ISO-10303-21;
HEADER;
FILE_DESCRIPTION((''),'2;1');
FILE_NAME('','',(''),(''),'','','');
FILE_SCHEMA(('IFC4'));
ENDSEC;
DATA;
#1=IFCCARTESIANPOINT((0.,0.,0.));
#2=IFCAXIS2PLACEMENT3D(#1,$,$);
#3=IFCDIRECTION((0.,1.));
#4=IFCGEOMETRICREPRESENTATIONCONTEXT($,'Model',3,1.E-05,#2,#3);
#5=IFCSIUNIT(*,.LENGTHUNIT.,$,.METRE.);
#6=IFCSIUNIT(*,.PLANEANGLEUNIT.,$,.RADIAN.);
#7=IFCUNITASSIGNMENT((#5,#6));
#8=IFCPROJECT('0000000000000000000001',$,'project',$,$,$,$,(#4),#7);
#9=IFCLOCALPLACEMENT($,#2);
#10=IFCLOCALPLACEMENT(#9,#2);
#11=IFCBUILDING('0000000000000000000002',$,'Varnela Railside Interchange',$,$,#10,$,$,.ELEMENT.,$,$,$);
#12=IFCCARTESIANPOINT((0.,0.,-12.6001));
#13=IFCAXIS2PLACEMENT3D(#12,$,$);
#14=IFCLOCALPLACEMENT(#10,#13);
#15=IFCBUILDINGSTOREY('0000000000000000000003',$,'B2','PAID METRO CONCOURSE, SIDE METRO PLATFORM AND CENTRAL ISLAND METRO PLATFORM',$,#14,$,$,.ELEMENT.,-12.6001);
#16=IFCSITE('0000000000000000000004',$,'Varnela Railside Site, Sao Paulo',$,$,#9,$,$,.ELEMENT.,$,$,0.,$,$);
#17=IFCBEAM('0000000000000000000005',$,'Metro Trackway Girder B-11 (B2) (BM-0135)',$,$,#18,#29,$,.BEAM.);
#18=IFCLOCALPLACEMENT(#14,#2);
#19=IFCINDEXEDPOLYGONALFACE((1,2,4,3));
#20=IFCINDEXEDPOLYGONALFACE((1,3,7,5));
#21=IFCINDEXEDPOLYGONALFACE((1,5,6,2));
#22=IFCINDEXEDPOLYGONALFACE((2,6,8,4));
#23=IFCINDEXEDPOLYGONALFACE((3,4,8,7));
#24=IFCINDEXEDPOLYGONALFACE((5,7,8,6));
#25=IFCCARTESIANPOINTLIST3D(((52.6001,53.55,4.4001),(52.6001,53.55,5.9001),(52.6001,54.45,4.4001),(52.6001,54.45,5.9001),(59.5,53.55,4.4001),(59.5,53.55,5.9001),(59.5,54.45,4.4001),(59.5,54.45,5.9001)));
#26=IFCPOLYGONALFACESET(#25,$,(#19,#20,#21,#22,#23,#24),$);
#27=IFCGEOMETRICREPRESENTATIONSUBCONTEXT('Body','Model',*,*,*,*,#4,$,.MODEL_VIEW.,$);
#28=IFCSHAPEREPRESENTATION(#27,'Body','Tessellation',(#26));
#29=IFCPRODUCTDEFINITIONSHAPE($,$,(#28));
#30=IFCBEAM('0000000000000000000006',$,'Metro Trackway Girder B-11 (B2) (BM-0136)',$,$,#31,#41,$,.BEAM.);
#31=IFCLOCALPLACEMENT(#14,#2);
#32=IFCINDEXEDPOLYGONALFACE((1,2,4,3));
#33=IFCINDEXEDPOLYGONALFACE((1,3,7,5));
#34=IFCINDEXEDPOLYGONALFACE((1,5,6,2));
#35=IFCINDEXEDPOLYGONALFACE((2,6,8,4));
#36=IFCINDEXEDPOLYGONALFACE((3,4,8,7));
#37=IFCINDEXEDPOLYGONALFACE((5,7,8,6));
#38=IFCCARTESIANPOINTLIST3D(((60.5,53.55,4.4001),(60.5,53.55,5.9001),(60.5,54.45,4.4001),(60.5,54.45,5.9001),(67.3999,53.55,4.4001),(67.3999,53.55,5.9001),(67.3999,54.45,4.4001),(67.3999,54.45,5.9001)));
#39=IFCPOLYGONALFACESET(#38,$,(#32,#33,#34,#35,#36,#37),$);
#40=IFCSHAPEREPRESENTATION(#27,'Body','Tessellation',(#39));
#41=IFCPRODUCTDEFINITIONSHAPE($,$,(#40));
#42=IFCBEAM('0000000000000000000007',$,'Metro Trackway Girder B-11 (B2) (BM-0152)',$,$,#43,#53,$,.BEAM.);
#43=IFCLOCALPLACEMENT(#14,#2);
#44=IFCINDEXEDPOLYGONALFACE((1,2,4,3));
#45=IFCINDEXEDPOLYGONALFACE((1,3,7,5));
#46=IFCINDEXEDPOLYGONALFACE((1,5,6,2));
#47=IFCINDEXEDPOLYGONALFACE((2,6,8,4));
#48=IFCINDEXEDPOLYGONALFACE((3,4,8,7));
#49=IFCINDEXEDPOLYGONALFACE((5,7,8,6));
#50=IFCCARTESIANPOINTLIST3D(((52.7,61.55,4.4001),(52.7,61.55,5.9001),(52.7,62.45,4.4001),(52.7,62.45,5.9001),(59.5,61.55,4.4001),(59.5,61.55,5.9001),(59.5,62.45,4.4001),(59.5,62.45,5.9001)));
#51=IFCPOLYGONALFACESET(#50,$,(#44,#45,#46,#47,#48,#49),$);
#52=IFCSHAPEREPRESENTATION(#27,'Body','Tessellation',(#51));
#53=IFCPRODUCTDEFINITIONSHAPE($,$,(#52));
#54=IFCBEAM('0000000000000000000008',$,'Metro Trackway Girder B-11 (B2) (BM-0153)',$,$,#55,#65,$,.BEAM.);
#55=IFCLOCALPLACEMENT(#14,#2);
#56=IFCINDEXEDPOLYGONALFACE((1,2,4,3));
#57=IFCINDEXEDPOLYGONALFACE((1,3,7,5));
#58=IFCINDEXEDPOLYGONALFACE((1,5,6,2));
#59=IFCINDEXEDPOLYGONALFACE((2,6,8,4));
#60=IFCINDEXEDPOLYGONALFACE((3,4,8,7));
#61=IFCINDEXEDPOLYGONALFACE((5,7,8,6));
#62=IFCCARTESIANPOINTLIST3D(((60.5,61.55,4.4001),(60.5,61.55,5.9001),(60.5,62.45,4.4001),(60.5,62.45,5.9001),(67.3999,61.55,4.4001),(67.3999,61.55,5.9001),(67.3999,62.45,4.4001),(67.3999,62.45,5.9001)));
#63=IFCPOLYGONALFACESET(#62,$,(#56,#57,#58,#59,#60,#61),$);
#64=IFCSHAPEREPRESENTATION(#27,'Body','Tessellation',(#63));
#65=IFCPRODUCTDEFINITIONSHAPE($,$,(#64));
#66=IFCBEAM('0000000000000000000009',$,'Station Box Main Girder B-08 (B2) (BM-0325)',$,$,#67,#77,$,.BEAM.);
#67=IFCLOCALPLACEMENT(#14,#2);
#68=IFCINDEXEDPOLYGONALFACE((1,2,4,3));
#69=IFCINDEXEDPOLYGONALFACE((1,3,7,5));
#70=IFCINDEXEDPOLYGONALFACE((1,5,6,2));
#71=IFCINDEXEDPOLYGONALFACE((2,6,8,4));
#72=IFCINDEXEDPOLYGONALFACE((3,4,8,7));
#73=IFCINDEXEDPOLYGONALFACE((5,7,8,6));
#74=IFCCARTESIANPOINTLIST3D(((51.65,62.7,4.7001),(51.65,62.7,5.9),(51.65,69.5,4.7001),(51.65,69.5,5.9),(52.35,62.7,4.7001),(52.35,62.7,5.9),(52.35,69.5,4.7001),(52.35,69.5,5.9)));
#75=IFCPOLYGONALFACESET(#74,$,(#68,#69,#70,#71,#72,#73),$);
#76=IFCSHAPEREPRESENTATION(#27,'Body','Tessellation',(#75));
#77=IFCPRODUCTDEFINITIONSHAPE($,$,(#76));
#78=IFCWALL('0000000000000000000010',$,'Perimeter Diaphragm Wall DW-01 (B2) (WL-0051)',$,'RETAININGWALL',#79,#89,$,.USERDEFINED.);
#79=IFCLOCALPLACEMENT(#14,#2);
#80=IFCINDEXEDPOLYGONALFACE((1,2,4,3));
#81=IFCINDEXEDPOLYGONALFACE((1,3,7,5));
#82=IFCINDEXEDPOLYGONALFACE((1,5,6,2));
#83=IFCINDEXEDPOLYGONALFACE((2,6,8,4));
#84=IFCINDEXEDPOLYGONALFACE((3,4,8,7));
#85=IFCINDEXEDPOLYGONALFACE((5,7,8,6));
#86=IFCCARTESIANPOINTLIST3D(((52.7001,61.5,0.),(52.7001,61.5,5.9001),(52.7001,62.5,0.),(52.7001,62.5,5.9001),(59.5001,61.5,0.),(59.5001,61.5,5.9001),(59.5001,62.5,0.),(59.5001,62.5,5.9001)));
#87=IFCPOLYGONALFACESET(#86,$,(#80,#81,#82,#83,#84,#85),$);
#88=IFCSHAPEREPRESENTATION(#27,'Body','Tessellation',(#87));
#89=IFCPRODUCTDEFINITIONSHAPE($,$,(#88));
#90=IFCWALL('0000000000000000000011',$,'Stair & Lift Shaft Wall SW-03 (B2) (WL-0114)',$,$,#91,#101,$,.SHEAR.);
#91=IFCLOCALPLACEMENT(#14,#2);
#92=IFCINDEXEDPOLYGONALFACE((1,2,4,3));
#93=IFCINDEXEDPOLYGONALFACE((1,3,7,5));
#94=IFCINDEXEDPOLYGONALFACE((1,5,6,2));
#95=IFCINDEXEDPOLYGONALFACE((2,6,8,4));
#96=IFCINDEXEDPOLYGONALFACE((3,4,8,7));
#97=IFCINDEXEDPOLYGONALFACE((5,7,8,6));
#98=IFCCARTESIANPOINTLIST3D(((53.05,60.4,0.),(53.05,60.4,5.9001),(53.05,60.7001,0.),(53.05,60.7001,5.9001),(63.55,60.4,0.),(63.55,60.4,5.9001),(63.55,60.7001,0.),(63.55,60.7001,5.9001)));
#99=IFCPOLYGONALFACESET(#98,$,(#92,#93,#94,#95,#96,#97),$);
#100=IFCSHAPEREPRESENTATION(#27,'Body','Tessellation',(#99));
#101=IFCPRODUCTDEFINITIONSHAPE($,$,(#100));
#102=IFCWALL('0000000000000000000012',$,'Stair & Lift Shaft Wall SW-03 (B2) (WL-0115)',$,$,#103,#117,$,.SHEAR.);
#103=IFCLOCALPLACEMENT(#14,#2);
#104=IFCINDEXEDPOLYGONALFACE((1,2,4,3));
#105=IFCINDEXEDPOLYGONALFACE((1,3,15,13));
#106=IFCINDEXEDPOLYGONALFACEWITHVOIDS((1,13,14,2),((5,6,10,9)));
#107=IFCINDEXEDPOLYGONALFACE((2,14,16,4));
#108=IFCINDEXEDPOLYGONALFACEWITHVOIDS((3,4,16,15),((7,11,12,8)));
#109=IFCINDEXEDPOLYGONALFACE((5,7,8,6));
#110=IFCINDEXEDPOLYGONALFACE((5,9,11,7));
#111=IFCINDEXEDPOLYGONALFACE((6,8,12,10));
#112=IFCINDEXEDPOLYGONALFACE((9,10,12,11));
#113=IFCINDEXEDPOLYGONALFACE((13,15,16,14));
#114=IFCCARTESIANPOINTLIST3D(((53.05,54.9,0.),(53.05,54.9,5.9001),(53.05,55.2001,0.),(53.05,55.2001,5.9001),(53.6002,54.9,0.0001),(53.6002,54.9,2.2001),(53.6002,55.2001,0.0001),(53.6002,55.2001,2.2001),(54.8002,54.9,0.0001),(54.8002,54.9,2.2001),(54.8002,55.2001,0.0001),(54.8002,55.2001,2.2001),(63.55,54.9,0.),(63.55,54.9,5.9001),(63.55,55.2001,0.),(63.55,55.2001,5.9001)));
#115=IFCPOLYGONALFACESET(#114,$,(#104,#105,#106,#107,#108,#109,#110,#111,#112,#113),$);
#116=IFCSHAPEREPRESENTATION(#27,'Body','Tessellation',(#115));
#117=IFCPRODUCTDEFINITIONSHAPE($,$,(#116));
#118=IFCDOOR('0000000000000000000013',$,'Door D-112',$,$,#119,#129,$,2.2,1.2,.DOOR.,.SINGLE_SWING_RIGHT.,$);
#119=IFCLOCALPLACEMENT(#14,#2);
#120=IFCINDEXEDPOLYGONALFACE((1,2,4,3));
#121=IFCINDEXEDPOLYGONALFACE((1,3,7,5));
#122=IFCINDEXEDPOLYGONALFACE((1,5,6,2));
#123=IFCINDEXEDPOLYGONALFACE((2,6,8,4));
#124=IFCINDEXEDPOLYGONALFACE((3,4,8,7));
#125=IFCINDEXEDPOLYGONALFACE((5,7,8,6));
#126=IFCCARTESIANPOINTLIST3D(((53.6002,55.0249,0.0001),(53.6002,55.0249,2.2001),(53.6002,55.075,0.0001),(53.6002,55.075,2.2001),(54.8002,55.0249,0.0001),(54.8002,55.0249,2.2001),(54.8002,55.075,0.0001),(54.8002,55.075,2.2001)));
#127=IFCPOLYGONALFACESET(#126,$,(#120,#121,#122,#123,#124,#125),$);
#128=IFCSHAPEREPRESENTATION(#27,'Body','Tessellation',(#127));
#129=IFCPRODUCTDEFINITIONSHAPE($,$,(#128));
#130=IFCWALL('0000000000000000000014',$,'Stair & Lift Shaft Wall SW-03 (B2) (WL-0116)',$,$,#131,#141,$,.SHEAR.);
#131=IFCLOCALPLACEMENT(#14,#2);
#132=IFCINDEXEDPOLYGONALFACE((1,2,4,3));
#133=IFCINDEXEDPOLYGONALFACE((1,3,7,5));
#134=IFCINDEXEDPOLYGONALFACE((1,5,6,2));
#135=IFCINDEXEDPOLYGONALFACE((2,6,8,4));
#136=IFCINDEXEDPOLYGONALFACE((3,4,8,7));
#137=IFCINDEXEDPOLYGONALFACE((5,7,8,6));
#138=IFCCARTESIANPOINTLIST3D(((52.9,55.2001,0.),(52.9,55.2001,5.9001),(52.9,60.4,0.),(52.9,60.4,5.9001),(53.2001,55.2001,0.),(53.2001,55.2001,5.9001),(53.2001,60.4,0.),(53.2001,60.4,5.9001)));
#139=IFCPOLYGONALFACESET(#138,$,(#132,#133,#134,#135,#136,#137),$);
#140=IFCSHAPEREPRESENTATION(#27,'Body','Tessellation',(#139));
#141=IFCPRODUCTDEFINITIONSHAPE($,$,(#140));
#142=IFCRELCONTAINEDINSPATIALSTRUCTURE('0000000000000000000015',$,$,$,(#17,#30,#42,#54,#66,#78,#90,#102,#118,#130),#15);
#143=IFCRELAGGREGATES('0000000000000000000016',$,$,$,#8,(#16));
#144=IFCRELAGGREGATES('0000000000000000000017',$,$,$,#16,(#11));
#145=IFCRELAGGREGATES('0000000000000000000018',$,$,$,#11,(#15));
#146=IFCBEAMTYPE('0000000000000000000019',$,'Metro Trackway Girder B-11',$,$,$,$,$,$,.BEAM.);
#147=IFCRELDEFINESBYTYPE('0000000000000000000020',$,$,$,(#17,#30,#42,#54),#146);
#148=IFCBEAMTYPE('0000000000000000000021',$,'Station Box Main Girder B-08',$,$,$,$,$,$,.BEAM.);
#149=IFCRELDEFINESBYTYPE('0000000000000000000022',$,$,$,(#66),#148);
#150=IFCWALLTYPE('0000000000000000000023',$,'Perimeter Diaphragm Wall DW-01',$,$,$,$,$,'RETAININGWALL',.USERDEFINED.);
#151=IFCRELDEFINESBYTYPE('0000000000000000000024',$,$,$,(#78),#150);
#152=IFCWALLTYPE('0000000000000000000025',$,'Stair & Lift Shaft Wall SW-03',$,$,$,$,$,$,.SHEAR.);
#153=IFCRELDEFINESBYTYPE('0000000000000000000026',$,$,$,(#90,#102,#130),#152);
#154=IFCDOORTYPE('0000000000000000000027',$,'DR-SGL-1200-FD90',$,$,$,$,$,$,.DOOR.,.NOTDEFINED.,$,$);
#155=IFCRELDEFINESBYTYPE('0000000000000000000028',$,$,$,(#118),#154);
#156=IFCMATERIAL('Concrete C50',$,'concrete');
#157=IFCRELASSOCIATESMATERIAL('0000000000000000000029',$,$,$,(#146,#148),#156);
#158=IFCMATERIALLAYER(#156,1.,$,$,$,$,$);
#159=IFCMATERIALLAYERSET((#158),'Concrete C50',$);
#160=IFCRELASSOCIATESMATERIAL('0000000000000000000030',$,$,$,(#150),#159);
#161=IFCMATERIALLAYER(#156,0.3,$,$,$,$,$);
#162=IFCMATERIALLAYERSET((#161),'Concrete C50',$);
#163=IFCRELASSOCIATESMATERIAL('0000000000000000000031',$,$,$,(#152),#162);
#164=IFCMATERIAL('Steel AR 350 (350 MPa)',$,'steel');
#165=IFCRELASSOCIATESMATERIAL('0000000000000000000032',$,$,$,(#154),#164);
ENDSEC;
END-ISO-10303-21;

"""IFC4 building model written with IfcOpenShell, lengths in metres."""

from ifc_helpers import new_model, si_unit, direction, frame, frame_2d, origin, origin_2d, place, context, subcontext, project, spatial, rectangle, extrude, material, layer, layer_set, material_profile, profile_set, type_object, element, fill, save


model = new_model("IFC4")

# Units and contexts
model_context = context("Model", 3, precision=1e-05, world=origin(), true_north=direction((0.0, 1.0)))
body_context = subcontext(model_context, "Body", "Model", "MODEL_VIEW")
ifc_project = project(units=[si_unit("LENGTHUNIT", "METRE"), si_unit("PLANEANGLEUNIT", "RADIAN")], contexts=[model_context])

# Site, building, storey
site_placement = place(None, origin())
site = spatial("IfcSite", under=ifc_project, at=site_placement, Name="Varnela Railside Site, Sao Paulo", CompositionType="ELEMENT", RefElevation=0.0)
building_placement = place(site_placement, origin())
building = spatial("IfcBuilding", under=site, at=building_placement, Name="Varnela Railside Interchange", CompositionType="ELEMENT")
storey_placement = place(building_placement, frame((0.0, 0.0, -12.6001)))
storey = spatial("IfcBuildingStorey", under=building, at=storey_placement, Name="B2", Description="PAID METRO CONCOURSE, SIDE METRO PLATFORM AND CENTRAL ISLAND METRO PLATFORM", CompositionType="ELEMENT", Elevation=-12.6001)

# Shared definitions
ifc_material_1 = material(Name="Concrete C50", Category="concrete")

# Beams
ifc_material_profile_1 = material_profile(ifc_material_1, rectangle(XDim=0.8999, YDim=1.5, at=origin_2d()), Name="RC 900x1500")
ifc_profile_set_1 = profile_set([ifc_material_profile_1], Name="Concrete C50")
beam_type_1 = type_object("IfcBeamType", Name="Metro Trackway Girder B-11", PredefinedType="BEAM", material=ifc_profile_set_1)
for number, where, z_axis, x_axis, name in (
    (1, (52.6001, 54.0, 5.1501), (1.0, 0.0, 0.0), (0.0, 1.0, 0.0), "Metro Trackway Girder B-11 (B2) (BM-0135)"),
    (2, (60.5, 54.0, 5.1501), (1.0, 0.0, 0.0), (0.0, 1.0, 0.0), "Metro Trackway Girder B-11 (B2) (BM-0136)"),
):
    element("IfcBeam", number, at=place(storey_placement, frame(where, z_axis=z_axis, x_axis=x_axis)), inside=storey, type_object=beam_type_1, Name=name, PredefinedType="BEAM", context=body_context, shape_type="SweptSolid", body=[
        extrude(rectangle(XDim=0.8999, YDim=1.5, at=origin_2d()), origin(), (0.0, 0.0, 1.0), 6.8999),
    ])
beam_1_placement = place(storey_placement, frame((52.7, 62.0, 5.1501), z_axis=(1.0, 0.0, 0.0), x_axis=(0.0, 1.0, 0.0)))
element("IfcBeam", 3, at=beam_1_placement, inside=storey, type_object=beam_type_1, Name="Metro Trackway Girder B-11 (B2) (BM-0152)", PredefinedType="BEAM", context=body_context, shape_type="SweptSolid", body=[
    extrude(rectangle(XDim=0.8999, YDim=1.5, at=origin_2d()), origin(), (0.0, 0.0, 1.0), 6.8),
])
beam_2_placement = place(storey_placement, frame((60.5, 62.0, 5.1501), z_axis=(1.0, 0.0, 0.0), x_axis=(0.0, 1.0, 0.0)))
element("IfcBeam", 4, at=beam_2_placement, inside=storey, type_object=beam_type_1, Name="Metro Trackway Girder B-11 (B2) (BM-0153)", PredefinedType="BEAM", context=body_context, shape_type="SweptSolid", body=[
    extrude(rectangle(XDim=0.8999, YDim=1.5, at=origin_2d()), origin(), (0.0, 0.0, 1.0), 6.8999),
])
ifc_material_profile_2 = material_profile(ifc_material_1, rectangle(XDim=0.7, YDim=1.2, at=origin_2d()), Name="RC 700x1200")
ifc_profile_set_2 = profile_set([ifc_material_profile_2], Name="Concrete C50")
beam_type_2 = type_object("IfcBeamType", Name="Station Box Main Girder B-08", PredefinedType="BEAM", material=ifc_profile_set_2)
beam_3_placement = place(storey_placement, frame((52.0, 62.7, 5.3), z_axis=(0.0, 1.0, 0.0), x_axis=(-1.0, 0.0, 0.0)))
element("IfcBeam", 5, at=beam_3_placement, inside=storey, type_object=beam_type_2, Name="Station Box Main Girder B-08 (B2) (BM-0325)", PredefinedType="BEAM", context=body_context, shape_type="SweptSolid", body=[
    extrude(rectangle(XDim=0.7, YDim=1.2, at=origin_2d()), origin(), (0.0, 0.0, 1.0), 6.8),
])

# Walls
ifc_layer_1 = layer(ifc_material_1, 1.0)
ifc_layer_set_1 = layer_set([ifc_layer_1], Name="Concrete C50")
wall_type_1 = type_object("IfcWallType", Name="Perimeter Diaphragm Wall DW-01", ElementType="RETAININGWALL", PredefinedType="USERDEFINED", material=ifc_layer_set_1)
wall_1_placement = place(storey_placement, frame((59.5, 62.0, 0.0), z_axis=(0.0, 0.0, 1.0), x_axis=(-1.0, 0.0, 0.0)))
element("IfcWall", 6, at=wall_1_placement, inside=storey, type_object=wall_type_1, Name="Perimeter Diaphragm Wall DW-01 (B2) (WL-0051)", ObjectType="RETAININGWALL", PredefinedType="USERDEFINED", context=body_context, shape_type="SweptSolid", body=[
    extrude(rectangle(XDim=6.8, YDim=1.0, at=frame_2d((3.3999, 0.0))), origin(), (0.0, 0.0, 1.0), 5.9001),
])
ifc_layer_2 = layer(ifc_material_1, 0.3)
ifc_layer_set_2 = layer_set([ifc_layer_2], Name="Concrete C50")
wall_type_2 = type_object("IfcWallType", Name="Stair & Lift Shaft Wall SW-03", PredefinedType="SHEAR", material=ifc_layer_set_2)
wall_2_placement = place(storey_placement, frame((53.05, 60.55, 0.0), z_axis=(0.0, 0.0, 1.0), x_axis=(1.0, 0.0, 0.0)))
element("IfcWall", 7, at=wall_2_placement, inside=storey, type_object=wall_type_2, Name="Stair & Lift Shaft Wall SW-03 (B2) (WL-0114)", PredefinedType="SHEAR", context=body_context, shape_type="SweptSolid", body=[
    extrude(rectangle(XDim=10.5, YDim=0.3, at=frame_2d((5.25, 0.0))), origin(), (0.0, 0.0, 1.0), 5.9001),
])

# Wall, opening, door
wall_3_placement = place(storey_placement, frame((53.05, 55.05, 0.0), z_axis=(0.0, 0.0, 1.0), x_axis=(1.0, 0.0, 0.0)))
wall_3 = element("IfcWall", 8, at=wall_3_placement, inside=storey, type_object=wall_type_2, Name="Stair & Lift Shaft Wall SW-03 (B2) (WL-0115)", PredefinedType="SHEAR", context=body_context, shape_type="SweptSolid", body=[
    extrude(rectangle(XDim=10.5, YDim=0.3, at=frame_2d((5.25, 0.0))), origin(), (0.0, 0.0, 1.0), 5.9001),
])
opening_placement = place(wall_3_placement, frame((0.55, 0.0, 0.0)))
opening = element("IfcOpeningElement", 9, at=opening_placement, cuts=wall_3, PredefinedType="OPENING", context=body_context, shape_type="SweptSolid", body=[
    extrude(rectangle(XDim=1.2, YDim=2.2, at=frame_2d((0.6001, 1.1001))), frame((0.0, 0.1599, 0.0), z_axis=(0.0, -1.0, 0.0), x_axis=(1.0, 0.0, 0.0)), (0.0, 0.0, 1.0), 0.3201),
])
ifc_material_2 = material(Name="Steel AR 350 (350 MPa)", Category="steel")
door_type = type_object("IfcDoorType", Name="DR-SGL-1200-FD90", OperationType="NOTDEFINED", PredefinedType="DOOR", material=ifc_material_2)
door_placement = place(opening_placement, origin())
door = element("IfcDoor", 10, at=door_placement, inside=storey, type_object=door_type, Name="Door D-112", OperationType="SINGLE_SWING_RIGHT", OverallHeight=2.2, OverallWidth=1.2, PredefinedType="DOOR", context=body_context, shape_type="SweptSolid", body=[
    extrude(rectangle(XDim=1.2, YDim=2.2, at=frame_2d((0.6001, 1.1001))), frame((0.0, 0.0249, 0.0), z_axis=(0.0, -1.0, 0.0), x_axis=(1.0, 0.0, 0.0)), (0.0, 0.0, 1.0), 0.05),
])
fill(opening, door)

# Wall
wall_4_placement = place(storey_placement, frame((53.05, 55.2, 0.0), z_axis=(0.0, 0.0, 1.0), x_axis=(0.0, 1.0, 0.0)))
element("IfcWall", 11, at=wall_4_placement, inside=storey, type_object=wall_type_2, Name="Stair & Lift Shaft Wall SW-03 (B2) (WL-0116)", PredefinedType="SHEAR", context=body_context, shape_type="SweptSolid", body=[
    extrude(rectangle(XDim=5.2, YDim=0.3, at=frame_2d((2.6001, 0.0))), origin(), (0.0, 0.0, 1.0), 5.9001),
])

save(model, "model.ifc")
